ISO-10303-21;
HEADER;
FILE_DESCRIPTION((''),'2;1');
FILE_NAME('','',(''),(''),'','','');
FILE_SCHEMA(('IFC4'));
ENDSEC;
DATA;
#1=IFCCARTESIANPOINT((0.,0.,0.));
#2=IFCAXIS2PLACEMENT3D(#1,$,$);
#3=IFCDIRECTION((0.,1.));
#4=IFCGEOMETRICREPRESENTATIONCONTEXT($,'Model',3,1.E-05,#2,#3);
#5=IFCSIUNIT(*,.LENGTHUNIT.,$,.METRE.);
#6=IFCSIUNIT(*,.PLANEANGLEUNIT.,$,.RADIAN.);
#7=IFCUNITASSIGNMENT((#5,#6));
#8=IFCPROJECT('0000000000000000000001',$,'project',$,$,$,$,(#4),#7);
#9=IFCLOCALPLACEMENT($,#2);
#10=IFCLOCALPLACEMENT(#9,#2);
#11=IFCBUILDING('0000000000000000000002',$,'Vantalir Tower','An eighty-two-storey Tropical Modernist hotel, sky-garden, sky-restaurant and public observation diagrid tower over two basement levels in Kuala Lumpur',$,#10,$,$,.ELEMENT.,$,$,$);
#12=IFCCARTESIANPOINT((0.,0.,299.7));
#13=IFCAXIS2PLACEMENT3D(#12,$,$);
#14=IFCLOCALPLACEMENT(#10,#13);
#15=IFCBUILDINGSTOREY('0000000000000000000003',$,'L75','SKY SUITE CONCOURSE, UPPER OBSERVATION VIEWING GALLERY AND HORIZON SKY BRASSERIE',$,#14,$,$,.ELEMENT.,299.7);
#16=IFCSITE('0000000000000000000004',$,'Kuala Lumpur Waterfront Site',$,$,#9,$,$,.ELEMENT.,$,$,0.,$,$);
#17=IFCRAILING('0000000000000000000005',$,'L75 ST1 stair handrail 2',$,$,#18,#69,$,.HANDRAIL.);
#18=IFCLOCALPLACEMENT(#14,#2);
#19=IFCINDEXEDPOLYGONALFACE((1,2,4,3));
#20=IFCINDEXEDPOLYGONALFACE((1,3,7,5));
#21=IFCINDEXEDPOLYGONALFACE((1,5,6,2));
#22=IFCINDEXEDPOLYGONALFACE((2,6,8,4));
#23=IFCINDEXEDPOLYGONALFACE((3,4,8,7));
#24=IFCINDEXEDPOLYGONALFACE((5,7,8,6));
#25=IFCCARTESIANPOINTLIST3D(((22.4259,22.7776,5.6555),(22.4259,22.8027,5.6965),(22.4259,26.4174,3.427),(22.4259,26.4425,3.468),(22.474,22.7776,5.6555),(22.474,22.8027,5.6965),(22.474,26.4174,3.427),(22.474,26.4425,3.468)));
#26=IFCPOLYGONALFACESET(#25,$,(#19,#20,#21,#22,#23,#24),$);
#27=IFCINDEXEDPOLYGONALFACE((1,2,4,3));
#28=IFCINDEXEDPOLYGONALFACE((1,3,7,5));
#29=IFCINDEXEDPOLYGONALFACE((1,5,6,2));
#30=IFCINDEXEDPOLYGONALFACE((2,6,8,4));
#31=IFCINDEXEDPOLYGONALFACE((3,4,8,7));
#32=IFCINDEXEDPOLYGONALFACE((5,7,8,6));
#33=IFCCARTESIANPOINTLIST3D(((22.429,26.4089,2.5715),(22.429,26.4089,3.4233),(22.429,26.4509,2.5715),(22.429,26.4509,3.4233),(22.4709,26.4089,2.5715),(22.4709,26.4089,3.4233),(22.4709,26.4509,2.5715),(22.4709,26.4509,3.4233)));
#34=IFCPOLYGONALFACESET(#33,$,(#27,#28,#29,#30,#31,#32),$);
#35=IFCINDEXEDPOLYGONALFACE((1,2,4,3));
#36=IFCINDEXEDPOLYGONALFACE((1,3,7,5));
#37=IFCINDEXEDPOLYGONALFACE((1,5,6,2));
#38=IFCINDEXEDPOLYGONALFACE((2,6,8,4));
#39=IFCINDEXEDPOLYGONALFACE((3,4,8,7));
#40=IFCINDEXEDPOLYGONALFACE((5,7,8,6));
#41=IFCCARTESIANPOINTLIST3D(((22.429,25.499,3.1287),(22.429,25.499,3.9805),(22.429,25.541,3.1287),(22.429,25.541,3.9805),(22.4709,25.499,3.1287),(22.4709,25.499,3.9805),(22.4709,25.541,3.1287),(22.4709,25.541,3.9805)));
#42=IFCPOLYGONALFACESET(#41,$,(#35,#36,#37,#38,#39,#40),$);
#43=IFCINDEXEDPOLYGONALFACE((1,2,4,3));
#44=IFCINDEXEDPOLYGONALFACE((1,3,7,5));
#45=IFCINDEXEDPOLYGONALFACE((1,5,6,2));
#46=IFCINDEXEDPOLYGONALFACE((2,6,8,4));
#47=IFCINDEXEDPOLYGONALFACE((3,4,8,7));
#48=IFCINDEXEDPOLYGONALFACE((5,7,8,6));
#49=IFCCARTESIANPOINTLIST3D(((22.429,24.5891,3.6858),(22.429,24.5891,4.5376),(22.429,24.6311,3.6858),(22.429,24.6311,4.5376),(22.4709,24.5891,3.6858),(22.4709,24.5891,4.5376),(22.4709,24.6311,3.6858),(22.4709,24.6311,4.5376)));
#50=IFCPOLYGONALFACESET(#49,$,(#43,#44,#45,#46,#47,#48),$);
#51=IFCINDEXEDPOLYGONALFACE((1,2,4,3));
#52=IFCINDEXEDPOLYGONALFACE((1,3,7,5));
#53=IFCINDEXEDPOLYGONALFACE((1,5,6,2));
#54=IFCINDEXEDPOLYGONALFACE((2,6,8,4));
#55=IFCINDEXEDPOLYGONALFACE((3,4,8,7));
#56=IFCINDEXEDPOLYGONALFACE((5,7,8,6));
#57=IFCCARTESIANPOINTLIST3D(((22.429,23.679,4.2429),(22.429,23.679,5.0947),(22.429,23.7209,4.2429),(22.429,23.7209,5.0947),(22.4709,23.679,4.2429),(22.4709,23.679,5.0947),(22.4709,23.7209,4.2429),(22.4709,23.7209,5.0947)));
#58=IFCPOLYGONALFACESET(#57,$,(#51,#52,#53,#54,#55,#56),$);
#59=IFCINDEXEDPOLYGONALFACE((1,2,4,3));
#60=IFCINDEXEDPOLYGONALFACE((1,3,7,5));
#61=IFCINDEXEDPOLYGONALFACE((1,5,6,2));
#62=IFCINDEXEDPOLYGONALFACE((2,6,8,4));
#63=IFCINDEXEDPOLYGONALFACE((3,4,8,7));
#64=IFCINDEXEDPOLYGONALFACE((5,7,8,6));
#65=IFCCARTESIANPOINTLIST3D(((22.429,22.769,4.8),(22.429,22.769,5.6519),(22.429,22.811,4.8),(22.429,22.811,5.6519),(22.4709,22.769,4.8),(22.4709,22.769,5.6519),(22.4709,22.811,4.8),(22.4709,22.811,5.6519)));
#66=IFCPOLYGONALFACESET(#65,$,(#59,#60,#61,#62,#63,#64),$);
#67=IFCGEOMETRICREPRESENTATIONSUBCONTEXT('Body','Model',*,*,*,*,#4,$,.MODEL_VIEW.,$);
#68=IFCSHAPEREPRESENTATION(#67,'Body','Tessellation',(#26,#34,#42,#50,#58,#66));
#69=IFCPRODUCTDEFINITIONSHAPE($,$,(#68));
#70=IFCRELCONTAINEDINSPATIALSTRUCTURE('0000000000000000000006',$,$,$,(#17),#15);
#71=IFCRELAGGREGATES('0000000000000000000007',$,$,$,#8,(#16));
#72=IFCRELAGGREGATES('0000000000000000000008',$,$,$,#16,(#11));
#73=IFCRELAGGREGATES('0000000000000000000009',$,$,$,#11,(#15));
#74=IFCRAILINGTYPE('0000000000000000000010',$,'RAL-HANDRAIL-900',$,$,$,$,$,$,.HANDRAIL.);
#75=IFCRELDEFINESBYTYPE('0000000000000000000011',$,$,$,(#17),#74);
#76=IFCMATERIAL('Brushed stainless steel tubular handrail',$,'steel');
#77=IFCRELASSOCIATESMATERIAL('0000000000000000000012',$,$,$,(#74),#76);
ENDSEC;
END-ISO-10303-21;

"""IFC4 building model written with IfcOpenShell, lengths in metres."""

from ifc_helpers import new_model, si_unit, direction, frame, origin, origin_2d, place, context, subcontext, project, spatial, rectangle, extrude, material, type_object, element, save


model = new_model("IFC4")

# Units and contexts
model_context = context("Model", 3, precision=1e-05, world=origin(), true_north=direction((0.0, 1.0)))
body_context = subcontext(model_context, "Body", "Model", "MODEL_VIEW")
ifc_project = project(units=[si_unit("LENGTHUNIT", "METRE"), si_unit("PLANEANGLEUNIT", "RADIAN")], contexts=[model_context])

# Site, building, storey
site_placement = place(None, origin())
site = spatial("IfcSite", under=ifc_project, at=site_placement, Name="Kuala Lumpur Waterfront Site", CompositionType="ELEMENT", RefElevation=0.0)
building_placement = place(site_placement, origin())
building = spatial("IfcBuilding", under=site, at=building_placement, Name="Vantalir Tower", Description="An eighty-two-storey Tropical Modernist hotel, sky-garden, sky-restaurant and public observation diagrid tower over two basement levels in Kuala Lumpur", CompositionType="ELEMENT")
storey_placement = place(building_placement, frame((0.0, 0.0, 299.7)))
storey = spatial("IfcBuildingStorey", under=building, at=storey_placement, Name="L75", Description="SKY SUITE CONCOURSE, UPPER OBSERVATION VIEWING GALLERY AND HORIZON SKY BRASSERIE", CompositionType="ELEMENT", Elevation=299.7)

# Railing
ifc_material_1 = material(Name="Brushed stainless steel tubular handrail", Category="steel")
railing_type_1 = type_object("IfcRailingType", Name="RAL-HANDRAIL-900", PredefinedType="HANDRAIL", material=ifc_material_1)
railing_1_placement = place(storey_placement, frame((22.45, 26.4299, 2.5715)))
element("IfcRailing", 1, at=railing_1_placement, inside=storey, type_object=railing_type_1, Name="L75 ST1 stair handrail 2", PredefinedType="HANDRAIL", context=body_context, shape_type="SweptSolid", body=[
    extrude(rectangle(XDim=0.0481, YDim=0.0481, at=origin_2d()), frame((0.0, 0.0, 0.876), z_axis=(0.0, -0.85285, 0.522156), x_axis=(1.0, 0.0, 0.0)), (0.0, 0.0, 1.0), 4.2678),
    extrude(rectangle(XDim=0.042, YDim=0.042, at=origin_2d()), origin(), (0.0, 0.0, 1.0), 0.8518),
    extrude(rectangle(XDim=0.042, YDim=0.042, at=origin_2d()), frame((0.0, -0.9099, 0.5571)), (0.0, 0.0, 1.0), 0.8518),
    extrude(rectangle(XDim=0.042, YDim=0.042, at=origin_2d()), frame((0.0, -1.8198, 1.1143)), (0.0, 0.0, 1.0), 0.8518),
    extrude(rectangle(XDim=0.042, YDim=0.042, at=origin_2d()), frame((0.0, -2.73, 1.6714)), (0.0, 0.0, 1.0), 0.8518),
    extrude(rectangle(XDim=0.042, YDim=0.042, at=origin_2d()), frame((0.0, -3.6399, 2.2285)), (0.0, 0.0, 1.0), 0.8518),
])

save(model, "model.ifc")
